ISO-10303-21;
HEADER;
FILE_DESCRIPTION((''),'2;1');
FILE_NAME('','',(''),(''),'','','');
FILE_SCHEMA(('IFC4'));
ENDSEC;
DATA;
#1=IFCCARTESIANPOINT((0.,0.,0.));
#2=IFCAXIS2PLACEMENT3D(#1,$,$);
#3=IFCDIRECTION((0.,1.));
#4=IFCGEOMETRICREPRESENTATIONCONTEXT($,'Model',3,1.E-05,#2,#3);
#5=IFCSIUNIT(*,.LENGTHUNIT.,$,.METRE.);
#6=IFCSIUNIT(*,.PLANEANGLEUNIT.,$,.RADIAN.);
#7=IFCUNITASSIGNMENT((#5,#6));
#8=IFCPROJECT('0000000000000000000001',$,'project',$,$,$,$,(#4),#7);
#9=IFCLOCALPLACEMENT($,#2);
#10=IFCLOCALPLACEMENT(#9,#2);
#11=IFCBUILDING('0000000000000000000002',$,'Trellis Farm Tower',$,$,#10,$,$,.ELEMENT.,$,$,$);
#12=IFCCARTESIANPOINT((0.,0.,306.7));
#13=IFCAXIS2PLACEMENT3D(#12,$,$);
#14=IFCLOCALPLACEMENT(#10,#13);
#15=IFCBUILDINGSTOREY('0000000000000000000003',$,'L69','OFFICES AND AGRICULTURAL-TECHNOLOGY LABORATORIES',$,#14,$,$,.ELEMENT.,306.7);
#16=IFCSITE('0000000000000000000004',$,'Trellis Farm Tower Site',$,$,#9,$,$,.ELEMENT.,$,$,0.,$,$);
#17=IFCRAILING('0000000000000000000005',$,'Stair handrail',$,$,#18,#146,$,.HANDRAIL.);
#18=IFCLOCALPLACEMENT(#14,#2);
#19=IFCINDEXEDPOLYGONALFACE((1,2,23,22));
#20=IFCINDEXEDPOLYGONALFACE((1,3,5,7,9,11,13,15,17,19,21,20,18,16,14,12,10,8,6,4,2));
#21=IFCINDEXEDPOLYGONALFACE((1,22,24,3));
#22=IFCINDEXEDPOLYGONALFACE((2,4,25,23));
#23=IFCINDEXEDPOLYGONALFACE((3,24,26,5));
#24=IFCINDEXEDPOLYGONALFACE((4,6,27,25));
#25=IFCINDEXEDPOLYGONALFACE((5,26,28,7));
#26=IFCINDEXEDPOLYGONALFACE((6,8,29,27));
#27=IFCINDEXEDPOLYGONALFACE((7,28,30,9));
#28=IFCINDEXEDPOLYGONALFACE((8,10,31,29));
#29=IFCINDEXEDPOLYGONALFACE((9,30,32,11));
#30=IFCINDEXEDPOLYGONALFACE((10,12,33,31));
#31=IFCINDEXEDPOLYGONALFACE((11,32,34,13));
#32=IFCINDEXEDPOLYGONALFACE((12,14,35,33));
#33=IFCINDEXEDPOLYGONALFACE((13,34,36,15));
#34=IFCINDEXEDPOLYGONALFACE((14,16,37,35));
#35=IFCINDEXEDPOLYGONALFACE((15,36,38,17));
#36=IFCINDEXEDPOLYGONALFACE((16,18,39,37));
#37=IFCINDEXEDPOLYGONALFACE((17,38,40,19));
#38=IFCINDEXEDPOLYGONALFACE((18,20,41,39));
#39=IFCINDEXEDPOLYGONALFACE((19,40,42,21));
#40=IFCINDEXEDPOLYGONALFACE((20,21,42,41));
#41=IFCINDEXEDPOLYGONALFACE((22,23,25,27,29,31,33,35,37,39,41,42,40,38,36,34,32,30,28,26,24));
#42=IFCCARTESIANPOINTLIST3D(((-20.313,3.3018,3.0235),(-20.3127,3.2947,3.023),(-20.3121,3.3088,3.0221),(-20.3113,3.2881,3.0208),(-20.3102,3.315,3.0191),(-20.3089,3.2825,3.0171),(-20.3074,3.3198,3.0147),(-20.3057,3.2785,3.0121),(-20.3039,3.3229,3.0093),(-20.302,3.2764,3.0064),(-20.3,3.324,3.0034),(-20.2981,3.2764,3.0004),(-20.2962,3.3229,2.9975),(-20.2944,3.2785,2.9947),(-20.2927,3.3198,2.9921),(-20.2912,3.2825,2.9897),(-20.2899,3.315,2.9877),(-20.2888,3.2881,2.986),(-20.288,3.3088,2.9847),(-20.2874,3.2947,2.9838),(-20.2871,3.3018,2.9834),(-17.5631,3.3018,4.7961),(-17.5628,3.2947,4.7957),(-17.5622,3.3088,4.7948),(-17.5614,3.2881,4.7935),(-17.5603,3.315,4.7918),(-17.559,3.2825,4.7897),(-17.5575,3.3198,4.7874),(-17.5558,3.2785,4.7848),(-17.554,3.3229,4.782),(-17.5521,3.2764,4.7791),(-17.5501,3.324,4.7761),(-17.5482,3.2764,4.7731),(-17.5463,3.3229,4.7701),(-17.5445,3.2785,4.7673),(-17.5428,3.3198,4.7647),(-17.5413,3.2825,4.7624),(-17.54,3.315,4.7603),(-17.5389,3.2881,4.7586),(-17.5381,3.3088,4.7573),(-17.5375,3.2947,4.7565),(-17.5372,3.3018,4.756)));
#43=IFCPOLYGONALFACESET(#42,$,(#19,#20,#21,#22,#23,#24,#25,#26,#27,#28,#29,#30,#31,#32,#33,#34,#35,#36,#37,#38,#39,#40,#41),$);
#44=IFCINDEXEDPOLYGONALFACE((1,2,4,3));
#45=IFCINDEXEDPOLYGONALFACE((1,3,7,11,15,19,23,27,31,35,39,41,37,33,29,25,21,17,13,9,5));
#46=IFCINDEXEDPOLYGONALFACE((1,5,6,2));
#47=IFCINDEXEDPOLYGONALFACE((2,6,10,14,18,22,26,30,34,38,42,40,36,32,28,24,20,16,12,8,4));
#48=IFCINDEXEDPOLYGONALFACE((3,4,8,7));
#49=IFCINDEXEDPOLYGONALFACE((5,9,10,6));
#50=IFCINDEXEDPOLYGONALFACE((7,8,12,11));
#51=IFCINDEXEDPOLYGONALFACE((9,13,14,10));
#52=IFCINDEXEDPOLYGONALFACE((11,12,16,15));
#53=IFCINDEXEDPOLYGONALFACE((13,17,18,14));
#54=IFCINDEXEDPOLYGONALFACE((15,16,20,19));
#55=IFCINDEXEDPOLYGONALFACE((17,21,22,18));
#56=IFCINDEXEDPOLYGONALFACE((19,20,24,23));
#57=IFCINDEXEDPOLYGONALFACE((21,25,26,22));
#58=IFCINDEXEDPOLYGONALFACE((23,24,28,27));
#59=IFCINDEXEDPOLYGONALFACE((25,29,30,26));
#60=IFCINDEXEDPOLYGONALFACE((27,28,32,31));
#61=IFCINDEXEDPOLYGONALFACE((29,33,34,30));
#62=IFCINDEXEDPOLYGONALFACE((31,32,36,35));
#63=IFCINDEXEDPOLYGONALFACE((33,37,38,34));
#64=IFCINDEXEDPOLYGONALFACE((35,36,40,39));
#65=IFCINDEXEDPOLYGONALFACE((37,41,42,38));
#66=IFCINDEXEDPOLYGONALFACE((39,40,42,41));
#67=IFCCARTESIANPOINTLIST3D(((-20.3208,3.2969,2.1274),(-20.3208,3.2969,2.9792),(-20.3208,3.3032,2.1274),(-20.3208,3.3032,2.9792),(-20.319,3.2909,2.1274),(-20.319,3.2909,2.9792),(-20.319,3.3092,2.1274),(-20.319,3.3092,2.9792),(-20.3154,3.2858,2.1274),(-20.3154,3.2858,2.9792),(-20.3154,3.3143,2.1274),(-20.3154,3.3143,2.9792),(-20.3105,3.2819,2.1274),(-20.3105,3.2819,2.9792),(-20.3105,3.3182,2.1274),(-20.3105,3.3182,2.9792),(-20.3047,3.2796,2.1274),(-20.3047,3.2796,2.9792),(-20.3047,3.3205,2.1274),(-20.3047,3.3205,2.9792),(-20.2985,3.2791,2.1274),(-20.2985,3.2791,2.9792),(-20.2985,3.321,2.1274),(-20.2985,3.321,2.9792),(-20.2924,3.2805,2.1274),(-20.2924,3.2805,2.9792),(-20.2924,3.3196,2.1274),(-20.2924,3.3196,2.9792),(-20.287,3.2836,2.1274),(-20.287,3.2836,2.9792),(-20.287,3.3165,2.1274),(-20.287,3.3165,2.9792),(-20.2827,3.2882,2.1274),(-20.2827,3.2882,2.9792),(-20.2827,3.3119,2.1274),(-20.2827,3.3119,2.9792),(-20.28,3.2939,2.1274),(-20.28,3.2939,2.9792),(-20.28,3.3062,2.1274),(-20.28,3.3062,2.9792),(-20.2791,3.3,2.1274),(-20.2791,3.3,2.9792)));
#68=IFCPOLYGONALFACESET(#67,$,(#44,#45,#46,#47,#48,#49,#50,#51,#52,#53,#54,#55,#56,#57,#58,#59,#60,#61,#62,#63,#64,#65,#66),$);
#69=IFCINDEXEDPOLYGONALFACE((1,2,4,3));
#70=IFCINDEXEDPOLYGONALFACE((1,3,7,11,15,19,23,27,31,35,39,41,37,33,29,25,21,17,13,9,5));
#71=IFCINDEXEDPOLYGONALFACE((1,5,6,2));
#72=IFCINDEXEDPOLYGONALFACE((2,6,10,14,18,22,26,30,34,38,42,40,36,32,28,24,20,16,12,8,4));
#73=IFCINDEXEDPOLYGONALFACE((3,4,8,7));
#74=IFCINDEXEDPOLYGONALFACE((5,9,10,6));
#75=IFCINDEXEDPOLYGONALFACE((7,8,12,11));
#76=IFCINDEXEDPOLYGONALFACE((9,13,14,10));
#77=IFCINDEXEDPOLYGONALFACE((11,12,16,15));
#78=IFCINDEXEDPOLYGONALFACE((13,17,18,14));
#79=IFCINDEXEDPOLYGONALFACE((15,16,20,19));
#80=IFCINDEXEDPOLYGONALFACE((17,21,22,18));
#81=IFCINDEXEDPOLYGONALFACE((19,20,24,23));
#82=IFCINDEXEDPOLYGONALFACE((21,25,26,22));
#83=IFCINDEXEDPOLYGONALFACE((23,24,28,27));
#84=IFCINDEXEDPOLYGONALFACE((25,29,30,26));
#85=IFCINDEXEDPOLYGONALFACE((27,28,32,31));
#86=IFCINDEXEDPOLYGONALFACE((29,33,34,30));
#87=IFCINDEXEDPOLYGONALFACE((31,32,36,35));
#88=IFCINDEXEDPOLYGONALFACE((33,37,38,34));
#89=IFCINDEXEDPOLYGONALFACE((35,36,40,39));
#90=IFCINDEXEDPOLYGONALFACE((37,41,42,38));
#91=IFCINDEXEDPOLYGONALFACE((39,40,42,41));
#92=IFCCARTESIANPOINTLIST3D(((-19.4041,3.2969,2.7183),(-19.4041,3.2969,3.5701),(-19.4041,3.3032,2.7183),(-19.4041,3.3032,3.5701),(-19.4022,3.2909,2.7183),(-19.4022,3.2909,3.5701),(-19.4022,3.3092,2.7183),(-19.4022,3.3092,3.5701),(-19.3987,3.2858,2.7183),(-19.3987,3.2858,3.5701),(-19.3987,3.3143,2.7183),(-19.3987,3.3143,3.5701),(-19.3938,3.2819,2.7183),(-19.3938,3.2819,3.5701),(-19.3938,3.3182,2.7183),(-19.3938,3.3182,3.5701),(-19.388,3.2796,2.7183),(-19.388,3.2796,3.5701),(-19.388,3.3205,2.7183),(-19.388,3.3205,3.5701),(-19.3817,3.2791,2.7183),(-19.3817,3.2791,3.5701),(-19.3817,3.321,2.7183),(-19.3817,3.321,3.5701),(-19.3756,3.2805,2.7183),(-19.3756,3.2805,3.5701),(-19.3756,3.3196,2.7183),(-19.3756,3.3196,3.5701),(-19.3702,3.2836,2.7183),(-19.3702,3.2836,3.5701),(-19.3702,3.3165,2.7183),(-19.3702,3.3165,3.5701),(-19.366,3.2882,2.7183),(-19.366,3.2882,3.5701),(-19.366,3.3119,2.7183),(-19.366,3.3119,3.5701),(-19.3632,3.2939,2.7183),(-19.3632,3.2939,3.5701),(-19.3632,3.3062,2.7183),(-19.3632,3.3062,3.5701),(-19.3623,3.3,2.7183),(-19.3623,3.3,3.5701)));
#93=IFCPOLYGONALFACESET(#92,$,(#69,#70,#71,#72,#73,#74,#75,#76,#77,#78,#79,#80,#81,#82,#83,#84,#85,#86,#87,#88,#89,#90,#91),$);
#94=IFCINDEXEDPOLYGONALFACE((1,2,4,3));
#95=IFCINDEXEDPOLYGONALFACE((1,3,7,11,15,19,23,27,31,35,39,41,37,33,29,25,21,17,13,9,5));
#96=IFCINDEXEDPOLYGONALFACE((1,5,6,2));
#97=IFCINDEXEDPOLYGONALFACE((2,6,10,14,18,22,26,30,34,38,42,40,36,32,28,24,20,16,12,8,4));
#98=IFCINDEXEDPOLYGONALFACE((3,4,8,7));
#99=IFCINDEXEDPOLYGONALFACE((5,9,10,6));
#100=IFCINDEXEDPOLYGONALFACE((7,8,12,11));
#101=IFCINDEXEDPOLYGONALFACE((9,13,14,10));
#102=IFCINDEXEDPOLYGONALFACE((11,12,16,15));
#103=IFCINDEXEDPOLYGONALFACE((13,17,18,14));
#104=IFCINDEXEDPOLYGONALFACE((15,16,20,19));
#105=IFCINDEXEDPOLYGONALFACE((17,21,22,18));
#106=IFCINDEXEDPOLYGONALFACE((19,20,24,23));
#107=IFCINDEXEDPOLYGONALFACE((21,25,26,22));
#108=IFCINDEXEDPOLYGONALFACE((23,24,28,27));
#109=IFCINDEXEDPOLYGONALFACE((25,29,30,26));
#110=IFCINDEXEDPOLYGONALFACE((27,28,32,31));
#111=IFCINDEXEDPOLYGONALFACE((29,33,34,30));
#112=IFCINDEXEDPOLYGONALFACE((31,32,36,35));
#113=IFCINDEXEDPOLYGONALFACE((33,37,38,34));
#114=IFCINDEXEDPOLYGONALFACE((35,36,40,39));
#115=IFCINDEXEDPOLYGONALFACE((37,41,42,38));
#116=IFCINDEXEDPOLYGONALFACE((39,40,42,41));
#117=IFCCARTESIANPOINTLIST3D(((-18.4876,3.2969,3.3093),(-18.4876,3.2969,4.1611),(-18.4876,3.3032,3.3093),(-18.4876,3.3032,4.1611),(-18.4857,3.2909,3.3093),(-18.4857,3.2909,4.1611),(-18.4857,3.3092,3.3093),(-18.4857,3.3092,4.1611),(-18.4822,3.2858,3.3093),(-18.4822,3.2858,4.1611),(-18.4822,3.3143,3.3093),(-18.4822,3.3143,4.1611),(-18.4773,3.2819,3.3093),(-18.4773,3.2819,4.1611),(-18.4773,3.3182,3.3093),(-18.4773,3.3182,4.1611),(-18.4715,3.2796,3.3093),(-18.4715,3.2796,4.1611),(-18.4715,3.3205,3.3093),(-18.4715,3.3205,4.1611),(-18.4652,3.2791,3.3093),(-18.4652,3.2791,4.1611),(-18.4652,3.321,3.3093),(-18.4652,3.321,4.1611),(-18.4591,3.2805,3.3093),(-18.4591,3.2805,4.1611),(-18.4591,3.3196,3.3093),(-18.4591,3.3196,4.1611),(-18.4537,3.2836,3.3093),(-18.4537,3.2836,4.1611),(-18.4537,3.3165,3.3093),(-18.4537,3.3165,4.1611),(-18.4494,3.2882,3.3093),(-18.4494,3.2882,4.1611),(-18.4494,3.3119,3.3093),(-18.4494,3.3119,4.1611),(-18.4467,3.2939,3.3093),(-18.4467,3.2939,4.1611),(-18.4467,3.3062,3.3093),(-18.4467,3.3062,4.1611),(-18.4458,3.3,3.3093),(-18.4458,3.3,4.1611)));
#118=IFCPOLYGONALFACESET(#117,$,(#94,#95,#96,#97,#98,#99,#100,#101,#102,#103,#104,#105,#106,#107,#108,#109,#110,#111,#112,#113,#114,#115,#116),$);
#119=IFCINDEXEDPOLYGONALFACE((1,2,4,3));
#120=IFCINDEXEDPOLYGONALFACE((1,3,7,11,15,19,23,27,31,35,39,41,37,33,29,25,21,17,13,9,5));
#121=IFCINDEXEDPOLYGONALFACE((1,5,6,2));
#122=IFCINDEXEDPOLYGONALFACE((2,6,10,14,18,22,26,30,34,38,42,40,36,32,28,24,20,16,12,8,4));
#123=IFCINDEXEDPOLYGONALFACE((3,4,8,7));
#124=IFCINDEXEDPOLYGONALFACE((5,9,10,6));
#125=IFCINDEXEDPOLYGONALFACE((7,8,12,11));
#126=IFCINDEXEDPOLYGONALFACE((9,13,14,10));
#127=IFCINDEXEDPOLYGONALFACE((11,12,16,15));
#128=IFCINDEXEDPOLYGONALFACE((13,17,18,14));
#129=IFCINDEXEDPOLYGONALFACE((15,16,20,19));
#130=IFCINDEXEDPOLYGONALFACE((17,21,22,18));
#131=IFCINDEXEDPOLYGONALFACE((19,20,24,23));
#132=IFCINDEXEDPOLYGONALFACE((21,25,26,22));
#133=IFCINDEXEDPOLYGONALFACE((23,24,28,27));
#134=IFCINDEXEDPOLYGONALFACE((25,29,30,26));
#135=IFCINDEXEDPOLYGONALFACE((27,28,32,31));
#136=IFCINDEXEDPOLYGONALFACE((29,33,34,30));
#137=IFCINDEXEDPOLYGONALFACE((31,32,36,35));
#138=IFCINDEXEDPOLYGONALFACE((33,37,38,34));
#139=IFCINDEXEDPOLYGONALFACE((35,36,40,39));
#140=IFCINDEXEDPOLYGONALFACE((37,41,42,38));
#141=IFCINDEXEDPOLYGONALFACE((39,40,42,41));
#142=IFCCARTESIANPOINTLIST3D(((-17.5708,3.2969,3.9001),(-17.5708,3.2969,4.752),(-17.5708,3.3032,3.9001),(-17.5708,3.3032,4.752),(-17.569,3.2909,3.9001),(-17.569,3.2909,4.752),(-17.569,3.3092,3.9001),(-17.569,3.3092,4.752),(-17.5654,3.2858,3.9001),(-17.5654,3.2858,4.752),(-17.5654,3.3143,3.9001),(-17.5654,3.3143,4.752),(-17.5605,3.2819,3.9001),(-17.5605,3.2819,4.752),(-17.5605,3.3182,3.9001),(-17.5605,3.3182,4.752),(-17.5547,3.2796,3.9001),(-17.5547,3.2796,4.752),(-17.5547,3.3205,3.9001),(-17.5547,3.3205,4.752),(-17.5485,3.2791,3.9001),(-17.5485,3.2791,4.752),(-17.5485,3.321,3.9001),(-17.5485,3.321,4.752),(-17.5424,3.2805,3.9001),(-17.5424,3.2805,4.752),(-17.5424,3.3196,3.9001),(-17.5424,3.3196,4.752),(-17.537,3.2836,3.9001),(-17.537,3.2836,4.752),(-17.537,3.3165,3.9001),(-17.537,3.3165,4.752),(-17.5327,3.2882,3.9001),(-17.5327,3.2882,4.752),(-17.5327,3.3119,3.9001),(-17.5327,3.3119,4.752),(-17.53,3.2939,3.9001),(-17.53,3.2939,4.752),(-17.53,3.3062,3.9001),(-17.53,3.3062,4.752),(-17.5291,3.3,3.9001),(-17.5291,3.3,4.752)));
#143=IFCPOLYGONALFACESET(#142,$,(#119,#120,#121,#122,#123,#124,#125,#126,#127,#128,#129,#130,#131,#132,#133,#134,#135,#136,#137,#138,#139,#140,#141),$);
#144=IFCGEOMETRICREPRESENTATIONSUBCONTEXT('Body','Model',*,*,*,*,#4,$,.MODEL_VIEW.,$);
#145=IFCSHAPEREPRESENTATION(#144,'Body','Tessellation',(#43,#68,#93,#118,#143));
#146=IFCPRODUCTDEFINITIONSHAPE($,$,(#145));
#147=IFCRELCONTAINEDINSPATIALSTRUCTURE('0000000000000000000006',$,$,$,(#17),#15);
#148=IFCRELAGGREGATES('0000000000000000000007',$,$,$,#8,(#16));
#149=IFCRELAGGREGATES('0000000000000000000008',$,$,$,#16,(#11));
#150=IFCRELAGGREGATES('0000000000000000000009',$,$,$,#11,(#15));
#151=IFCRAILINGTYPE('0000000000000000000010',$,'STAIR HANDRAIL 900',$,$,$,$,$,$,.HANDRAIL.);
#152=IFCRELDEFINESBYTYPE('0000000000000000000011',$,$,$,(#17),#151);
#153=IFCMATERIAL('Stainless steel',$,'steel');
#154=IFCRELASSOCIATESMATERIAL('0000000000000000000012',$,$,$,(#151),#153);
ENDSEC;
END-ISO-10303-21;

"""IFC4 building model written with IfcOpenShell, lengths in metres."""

from ifc_helpers import new_model, si_unit, direction, frame, origin, origin_2d, place, context, subcontext, project, spatial, circle, extrude, source, transform, mapped, material, type_object, element, save


model = new_model("IFC4")

# Units and contexts
model_context = context("Model", 3, precision=1e-05, world=origin(), true_north=direction((0.0, 1.0)))
body_context = subcontext(model_context, "Body", "Model", "MODEL_VIEW")
ifc_project = project(units=[si_unit("LENGTHUNIT", "METRE"), si_unit("PLANEANGLEUNIT", "RADIAN")], contexts=[model_context])

# Site, building, storey
site_placement = place(None, origin())
site = spatial("IfcSite", under=ifc_project, at=site_placement, Name="Trellis Farm Tower Site", CompositionType="ELEMENT", RefElevation=0.0)
building_placement = place(site_placement, origin())
building = spatial("IfcBuilding", under=site, at=building_placement, Name="Trellis Farm Tower", CompositionType="ELEMENT")
storey_placement = place(building_placement, frame((0.0, 0.0, 306.7)))
storey = spatial("IfcBuildingStorey", under=building, at=storey_placement, Name="L69", Description="OFFICES AND AGRICULTURAL-TECHNOLOGY LABORATORIES", CompositionType="ELEMENT", Elevation=306.7)

# Railing
ifc_material_1 = material(Name="Stainless steel", Category="steel")
railing_type = type_object("IfcRailingType", Name="STAIR HANDRAIL 900", PredefinedType="HANDRAIL", material=ifc_material_1)
shared_shape_1 = source(origin(), body_context, "Body", "SweptSolid", [
    extrude(circle(Radius=0.0239, at=origin_2d()), frame((0.0, 0.0, 0.876), z_axis=(0.840504, 0.0, 0.541806), x_axis=(0.0, 1.0, 0.0)), (0.0, 0.0, 1.0), 3.2717),
    extrude(circle(Radius=0.021, at=origin_2d()), origin(), (0.0, 0.0, 1.0), 0.8518),
    extrude(circle(Radius=0.021, at=origin_2d()), frame((0.9167, 0.0, 0.5908)), (0.0, 0.0, 1.0), 0.8518),
    extrude(circle(Radius=0.021, at=origin_2d()), frame((1.8333, 0.0, 1.1819)), (0.0, 0.0, 1.0), 0.8518),
    extrude(circle(Radius=0.021, at=origin_2d()), frame((2.75, 0.0, 1.7727)), (0.0, 0.0, 1.0), 0.8518),
])
for number, where, name in (
    (1, (-20.3, 3.3, 2.1274), "Stair handrail"),
):
    element("IfcRailing", number, at=place(storey_placement, frame(where)), inside=storey, type_object=railing_type, Name=name, PredefinedType="HANDRAIL", context=body_context, shape_type="MappedRepresentation", body=[
        mapped(shared_shape_1, transform((0.0, 0.0, 0.0))),
    ])

save(model, "model.ifc")
